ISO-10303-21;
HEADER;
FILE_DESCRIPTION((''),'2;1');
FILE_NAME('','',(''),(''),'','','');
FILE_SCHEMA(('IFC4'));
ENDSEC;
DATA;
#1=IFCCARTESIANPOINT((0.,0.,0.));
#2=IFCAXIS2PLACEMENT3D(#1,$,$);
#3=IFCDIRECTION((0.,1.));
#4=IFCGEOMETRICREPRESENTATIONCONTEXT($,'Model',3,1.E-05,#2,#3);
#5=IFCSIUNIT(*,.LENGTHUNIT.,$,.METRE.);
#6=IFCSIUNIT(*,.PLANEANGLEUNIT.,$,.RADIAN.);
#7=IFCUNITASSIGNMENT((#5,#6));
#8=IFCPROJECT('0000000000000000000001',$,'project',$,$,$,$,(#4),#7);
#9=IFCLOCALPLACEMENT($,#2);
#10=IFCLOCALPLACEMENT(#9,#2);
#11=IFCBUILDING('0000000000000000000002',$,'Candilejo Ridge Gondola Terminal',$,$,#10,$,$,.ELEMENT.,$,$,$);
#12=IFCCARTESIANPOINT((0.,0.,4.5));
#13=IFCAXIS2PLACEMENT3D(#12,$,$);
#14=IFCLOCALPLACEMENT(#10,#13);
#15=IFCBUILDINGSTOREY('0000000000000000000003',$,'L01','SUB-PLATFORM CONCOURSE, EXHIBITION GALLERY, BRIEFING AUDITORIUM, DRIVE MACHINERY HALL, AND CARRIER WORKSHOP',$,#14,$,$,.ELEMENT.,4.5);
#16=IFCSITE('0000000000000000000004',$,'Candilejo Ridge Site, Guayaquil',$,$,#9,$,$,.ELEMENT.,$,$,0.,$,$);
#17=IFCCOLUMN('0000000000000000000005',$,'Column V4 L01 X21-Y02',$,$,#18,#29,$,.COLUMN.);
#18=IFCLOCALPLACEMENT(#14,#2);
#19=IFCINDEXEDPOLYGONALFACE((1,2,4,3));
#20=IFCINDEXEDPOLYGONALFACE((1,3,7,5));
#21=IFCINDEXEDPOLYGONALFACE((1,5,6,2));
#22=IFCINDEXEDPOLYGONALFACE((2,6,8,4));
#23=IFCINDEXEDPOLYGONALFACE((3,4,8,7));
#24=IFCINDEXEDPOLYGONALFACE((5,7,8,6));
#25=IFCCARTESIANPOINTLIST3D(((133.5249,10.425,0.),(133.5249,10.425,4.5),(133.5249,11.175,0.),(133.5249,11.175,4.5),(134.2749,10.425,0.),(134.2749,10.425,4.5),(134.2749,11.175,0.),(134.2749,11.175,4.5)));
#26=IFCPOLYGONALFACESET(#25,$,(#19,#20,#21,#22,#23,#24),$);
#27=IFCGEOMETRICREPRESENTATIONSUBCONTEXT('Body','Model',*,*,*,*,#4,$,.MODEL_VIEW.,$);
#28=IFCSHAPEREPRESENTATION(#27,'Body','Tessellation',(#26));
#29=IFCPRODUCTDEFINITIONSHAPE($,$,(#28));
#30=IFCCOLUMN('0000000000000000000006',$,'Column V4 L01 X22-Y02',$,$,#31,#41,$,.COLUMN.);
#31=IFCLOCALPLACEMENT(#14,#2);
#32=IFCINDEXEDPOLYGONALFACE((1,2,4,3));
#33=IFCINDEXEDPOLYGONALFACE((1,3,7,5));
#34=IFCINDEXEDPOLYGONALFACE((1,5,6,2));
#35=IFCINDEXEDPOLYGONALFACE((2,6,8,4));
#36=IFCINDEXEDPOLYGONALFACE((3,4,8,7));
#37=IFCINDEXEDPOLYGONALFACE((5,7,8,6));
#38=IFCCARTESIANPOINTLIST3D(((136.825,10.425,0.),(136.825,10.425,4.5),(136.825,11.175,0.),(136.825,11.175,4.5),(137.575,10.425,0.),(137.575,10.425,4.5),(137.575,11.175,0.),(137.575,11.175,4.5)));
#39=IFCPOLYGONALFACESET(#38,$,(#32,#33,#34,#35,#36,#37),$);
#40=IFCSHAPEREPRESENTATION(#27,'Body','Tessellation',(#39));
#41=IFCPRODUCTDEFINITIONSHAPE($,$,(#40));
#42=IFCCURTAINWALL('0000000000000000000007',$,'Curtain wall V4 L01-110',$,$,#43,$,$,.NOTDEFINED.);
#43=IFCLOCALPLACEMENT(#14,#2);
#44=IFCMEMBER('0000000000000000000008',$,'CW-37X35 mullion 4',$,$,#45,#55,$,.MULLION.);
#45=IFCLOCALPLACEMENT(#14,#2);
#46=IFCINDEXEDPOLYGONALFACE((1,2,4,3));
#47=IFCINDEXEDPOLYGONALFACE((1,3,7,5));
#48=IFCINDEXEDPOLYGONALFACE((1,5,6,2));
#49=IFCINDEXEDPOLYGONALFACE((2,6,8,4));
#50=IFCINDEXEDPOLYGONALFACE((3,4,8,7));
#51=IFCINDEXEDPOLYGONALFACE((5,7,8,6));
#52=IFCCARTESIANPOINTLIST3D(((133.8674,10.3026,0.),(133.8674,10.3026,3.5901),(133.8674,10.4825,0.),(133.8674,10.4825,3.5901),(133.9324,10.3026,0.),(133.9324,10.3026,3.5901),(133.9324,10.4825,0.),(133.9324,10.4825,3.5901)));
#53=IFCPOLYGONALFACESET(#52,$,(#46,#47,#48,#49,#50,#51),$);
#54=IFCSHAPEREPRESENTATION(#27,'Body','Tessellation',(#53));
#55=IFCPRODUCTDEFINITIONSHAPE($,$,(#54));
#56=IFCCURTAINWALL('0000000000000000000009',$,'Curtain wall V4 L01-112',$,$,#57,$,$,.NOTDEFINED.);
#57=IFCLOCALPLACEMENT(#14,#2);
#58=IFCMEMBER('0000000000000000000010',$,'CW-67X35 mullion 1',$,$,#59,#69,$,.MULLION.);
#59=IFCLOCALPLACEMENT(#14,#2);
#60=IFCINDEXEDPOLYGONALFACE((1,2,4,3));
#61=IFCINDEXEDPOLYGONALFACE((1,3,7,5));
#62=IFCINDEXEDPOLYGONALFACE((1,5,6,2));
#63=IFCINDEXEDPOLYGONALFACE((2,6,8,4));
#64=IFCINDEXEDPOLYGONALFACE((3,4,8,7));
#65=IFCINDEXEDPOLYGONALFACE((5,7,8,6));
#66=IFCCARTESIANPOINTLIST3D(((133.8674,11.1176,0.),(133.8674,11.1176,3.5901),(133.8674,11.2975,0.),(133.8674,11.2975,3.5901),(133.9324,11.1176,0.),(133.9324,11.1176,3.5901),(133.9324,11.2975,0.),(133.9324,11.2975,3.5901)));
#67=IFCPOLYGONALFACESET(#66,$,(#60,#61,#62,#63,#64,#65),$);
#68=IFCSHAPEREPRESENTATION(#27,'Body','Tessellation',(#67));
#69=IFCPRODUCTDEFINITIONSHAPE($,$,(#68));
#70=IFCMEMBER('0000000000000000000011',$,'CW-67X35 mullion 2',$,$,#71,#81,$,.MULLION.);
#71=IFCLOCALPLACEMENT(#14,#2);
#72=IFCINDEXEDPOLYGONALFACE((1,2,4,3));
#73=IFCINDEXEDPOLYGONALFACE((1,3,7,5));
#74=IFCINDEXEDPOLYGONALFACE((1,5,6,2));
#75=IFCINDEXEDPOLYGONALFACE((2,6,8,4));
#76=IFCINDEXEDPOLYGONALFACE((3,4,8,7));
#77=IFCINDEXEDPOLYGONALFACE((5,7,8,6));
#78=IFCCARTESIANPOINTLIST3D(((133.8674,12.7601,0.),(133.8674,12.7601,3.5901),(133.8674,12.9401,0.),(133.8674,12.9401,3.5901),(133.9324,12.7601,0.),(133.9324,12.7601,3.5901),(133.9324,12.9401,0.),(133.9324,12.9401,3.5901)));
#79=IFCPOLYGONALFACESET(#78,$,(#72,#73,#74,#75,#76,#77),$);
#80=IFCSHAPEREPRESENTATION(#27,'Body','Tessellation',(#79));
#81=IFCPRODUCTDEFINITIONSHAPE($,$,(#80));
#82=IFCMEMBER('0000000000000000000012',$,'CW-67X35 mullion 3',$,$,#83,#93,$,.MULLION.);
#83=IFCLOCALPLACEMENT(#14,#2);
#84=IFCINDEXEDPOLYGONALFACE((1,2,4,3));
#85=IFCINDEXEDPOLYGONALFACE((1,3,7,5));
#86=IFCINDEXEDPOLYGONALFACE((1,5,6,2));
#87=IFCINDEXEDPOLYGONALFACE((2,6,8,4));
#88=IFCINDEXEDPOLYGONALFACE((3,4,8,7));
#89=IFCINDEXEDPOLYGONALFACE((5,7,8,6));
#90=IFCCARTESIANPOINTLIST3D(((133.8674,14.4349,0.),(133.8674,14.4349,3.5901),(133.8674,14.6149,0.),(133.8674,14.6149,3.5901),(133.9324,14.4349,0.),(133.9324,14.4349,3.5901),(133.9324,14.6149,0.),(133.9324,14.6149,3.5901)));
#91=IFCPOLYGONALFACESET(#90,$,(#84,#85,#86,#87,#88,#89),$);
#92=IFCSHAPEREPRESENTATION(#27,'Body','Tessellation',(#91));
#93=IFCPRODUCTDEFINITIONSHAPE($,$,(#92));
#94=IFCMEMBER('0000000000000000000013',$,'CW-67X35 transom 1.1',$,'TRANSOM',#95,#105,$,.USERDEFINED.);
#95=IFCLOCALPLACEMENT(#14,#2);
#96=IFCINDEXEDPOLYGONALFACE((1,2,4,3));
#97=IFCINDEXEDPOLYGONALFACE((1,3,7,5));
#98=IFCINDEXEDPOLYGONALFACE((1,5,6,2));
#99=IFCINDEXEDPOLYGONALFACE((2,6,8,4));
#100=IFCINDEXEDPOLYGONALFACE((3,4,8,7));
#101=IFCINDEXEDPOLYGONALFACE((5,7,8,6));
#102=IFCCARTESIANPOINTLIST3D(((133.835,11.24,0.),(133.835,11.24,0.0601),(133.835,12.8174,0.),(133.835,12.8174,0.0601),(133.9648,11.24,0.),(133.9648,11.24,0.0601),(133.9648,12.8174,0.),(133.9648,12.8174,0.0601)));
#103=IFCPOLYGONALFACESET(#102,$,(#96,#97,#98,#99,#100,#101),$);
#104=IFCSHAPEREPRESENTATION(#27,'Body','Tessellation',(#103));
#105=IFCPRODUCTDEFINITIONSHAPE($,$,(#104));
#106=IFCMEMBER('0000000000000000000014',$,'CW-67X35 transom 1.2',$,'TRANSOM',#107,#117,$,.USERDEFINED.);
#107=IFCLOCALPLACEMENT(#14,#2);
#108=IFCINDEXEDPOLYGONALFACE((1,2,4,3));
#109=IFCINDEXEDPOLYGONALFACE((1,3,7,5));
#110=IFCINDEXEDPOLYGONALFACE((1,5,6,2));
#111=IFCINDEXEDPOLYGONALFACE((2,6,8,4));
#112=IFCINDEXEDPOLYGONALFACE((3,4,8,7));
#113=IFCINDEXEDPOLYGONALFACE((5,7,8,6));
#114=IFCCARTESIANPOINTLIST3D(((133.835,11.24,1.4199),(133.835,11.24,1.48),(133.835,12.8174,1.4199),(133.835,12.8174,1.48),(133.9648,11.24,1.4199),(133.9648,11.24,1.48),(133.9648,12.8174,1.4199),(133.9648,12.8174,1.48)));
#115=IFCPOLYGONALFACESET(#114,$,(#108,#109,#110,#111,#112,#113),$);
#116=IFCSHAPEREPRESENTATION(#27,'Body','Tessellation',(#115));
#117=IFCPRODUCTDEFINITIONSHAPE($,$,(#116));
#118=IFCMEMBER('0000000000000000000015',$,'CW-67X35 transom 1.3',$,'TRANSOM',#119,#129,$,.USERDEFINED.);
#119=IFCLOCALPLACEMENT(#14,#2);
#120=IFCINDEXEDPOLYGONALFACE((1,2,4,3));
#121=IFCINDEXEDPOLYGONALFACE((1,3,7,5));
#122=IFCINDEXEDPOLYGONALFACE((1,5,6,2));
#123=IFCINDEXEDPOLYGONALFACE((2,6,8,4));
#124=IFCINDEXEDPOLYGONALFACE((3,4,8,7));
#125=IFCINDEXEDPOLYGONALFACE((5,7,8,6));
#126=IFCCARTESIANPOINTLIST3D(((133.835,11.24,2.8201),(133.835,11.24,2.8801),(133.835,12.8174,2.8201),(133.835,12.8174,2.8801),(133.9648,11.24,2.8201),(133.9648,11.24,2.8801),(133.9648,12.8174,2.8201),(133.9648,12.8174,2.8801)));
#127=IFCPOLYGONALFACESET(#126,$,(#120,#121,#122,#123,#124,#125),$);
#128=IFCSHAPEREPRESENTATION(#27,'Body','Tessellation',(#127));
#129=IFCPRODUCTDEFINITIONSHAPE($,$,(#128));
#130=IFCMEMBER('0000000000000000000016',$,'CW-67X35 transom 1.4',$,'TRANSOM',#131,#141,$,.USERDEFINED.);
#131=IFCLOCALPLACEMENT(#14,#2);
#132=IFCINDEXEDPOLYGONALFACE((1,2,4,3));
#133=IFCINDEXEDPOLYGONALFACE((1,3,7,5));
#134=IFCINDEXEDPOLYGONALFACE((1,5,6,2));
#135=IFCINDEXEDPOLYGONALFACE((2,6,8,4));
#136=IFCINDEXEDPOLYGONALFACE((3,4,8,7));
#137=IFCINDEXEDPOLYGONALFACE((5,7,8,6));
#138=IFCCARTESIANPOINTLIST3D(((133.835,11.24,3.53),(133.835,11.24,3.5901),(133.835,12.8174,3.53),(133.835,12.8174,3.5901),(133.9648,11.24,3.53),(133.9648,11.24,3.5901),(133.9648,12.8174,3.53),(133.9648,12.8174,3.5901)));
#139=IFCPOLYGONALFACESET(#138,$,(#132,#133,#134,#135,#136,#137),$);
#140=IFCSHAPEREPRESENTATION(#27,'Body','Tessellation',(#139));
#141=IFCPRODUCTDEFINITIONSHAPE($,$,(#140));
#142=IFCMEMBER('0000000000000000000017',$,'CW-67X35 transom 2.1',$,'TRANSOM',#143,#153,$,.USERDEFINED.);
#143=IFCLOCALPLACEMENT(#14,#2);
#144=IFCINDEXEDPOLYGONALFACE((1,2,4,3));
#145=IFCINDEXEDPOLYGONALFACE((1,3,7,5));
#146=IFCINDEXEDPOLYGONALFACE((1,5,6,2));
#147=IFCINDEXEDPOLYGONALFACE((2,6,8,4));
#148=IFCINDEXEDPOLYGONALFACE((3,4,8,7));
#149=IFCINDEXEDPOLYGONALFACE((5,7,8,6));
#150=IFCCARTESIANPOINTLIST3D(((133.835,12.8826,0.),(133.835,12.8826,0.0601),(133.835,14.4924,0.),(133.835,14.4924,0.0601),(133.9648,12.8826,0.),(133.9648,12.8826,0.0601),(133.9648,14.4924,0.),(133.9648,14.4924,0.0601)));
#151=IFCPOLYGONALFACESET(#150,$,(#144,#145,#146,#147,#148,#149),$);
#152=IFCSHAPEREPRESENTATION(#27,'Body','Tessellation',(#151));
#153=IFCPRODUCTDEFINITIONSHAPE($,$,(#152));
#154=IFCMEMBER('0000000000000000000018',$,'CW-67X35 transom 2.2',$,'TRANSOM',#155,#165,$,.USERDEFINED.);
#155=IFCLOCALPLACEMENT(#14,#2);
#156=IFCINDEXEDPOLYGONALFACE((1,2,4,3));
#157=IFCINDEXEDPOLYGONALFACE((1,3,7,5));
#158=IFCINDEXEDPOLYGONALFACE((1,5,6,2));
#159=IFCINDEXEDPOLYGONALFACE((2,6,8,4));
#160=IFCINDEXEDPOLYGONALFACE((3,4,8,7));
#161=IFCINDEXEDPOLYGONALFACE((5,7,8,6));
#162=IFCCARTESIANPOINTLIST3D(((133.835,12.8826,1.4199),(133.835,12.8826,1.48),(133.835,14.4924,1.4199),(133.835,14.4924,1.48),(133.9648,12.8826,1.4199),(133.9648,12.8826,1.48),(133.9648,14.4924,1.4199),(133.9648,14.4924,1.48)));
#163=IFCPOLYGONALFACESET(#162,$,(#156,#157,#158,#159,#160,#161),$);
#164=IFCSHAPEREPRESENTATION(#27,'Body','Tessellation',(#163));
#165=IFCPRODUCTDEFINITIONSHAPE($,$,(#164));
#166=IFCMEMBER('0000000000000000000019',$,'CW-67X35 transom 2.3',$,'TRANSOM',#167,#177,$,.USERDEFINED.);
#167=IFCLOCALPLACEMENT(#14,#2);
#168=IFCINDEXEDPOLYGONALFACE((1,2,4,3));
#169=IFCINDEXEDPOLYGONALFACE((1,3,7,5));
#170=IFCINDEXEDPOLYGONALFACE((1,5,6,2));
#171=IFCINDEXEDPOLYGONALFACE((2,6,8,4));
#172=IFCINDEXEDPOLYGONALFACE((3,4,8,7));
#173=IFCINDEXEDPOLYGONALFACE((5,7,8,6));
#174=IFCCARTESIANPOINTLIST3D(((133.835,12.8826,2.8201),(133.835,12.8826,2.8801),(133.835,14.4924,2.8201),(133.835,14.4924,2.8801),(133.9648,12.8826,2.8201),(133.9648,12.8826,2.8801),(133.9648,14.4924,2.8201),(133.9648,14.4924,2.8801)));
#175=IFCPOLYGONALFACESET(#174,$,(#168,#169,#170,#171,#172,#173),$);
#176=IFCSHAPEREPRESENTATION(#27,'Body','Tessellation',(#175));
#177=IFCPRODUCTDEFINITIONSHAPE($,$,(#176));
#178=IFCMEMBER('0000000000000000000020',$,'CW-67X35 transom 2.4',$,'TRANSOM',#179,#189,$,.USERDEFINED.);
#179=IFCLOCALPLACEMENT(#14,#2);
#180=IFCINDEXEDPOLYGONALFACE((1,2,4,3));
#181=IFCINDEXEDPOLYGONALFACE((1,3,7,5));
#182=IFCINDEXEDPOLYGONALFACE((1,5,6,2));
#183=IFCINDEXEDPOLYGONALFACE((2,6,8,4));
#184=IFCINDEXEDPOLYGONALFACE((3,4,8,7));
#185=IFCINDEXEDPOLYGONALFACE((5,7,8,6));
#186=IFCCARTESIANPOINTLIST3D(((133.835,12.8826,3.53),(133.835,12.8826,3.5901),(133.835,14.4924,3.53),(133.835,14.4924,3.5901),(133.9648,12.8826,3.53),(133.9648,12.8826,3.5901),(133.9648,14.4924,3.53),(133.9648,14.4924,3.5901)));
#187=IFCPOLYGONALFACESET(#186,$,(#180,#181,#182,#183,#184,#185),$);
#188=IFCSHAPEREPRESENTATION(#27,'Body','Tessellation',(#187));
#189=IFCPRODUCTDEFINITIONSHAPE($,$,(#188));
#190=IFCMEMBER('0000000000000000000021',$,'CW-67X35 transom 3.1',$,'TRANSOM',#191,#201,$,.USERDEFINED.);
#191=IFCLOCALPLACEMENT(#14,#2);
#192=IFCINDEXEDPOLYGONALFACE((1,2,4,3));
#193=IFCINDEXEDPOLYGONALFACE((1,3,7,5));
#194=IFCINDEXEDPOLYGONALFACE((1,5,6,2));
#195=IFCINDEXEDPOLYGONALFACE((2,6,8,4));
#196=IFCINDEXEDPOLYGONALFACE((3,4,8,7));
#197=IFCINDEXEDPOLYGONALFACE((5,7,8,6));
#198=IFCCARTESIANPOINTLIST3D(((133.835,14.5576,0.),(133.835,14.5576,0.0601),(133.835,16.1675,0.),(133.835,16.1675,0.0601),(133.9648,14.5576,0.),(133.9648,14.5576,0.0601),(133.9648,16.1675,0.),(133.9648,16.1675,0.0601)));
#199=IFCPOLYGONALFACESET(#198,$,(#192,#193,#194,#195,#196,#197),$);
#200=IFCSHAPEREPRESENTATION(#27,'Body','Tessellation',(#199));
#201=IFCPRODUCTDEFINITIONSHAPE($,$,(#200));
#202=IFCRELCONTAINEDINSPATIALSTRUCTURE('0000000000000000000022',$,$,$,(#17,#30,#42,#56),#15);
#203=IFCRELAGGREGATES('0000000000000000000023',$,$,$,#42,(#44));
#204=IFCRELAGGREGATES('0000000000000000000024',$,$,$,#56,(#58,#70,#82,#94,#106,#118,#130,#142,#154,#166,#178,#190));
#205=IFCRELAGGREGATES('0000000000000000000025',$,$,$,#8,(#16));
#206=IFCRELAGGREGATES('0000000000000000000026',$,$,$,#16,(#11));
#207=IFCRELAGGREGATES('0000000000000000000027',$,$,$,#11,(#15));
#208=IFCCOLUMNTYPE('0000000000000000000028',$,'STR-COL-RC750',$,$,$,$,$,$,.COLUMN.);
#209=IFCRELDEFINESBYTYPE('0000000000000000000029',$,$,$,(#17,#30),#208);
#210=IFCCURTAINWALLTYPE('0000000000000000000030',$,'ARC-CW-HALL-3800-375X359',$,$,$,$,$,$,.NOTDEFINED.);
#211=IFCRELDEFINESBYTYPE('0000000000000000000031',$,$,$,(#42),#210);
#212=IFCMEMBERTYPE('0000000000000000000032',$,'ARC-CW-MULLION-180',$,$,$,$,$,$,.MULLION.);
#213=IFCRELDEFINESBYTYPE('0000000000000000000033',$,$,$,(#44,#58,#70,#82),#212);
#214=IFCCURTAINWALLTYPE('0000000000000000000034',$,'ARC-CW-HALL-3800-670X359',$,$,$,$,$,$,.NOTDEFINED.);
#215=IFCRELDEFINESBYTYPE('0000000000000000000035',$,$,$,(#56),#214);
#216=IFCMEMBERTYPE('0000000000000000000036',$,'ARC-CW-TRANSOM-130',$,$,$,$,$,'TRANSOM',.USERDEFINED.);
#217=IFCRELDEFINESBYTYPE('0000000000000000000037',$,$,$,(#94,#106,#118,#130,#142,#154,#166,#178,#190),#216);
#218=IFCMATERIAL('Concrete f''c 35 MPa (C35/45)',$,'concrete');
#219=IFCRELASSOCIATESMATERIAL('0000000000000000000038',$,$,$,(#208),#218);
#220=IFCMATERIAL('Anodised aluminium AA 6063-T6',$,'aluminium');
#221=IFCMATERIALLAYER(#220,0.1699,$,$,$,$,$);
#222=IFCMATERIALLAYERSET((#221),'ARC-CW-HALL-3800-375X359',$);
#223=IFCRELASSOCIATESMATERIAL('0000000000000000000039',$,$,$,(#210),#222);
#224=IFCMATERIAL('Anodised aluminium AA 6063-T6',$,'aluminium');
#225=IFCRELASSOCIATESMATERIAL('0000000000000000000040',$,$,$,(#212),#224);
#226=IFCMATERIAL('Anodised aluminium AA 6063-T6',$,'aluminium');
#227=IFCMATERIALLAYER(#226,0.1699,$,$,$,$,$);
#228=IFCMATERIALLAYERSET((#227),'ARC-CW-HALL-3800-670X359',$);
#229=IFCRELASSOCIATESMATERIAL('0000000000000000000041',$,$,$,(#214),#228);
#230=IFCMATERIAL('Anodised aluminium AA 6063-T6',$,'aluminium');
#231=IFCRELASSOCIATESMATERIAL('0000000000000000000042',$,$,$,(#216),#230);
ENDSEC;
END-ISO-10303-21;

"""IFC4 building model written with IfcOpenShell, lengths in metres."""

from ifc_helpers import new_model, si_unit, direction, frame, origin, origin_2d, place, context, subcontext, project, spatial, rectangle, extrude, material, layer, layer_set, material_profile, profile_set, type_object, element, aggregate, save


model = new_model("IFC4")

# Units and contexts
model_context = context("Model", 3, precision=1e-05, world=origin(), true_north=direction((0.0, 1.0)))
body_context = subcontext(model_context, "Body", "Model", "MODEL_VIEW")
ifc_project = project(units=[si_unit("LENGTHUNIT", "METRE"), si_unit("PLANEANGLEUNIT", "RADIAN")], contexts=[model_context])

# Site, building, storey
site_placement = place(None, origin())
site = spatial("IfcSite", under=ifc_project, at=site_placement, Name="Candilejo Ridge Site, Guayaquil", CompositionType="ELEMENT", RefElevation=0.0)
building_placement = place(site_placement, origin())
building = spatial("IfcBuilding", under=site, at=building_placement, Name="Candilejo Ridge Gondola Terminal", CompositionType="ELEMENT")
storey_placement = place(building_placement, frame((0.0, 0.0, 4.5)))
storey = spatial("IfcBuildingStorey", under=building, at=storey_placement, Name="L01", Description="SUB-PLATFORM CONCOURSE, EXHIBITION GALLERY, BRIEFING AUDITORIUM, DRIVE MACHINERY HALL, AND CARRIER WORKSHOP", CompositionType="ELEMENT", Elevation=4.5)

# Columns
ifc_material_1 = material(Name="Concrete f'c 35 MPa (C35/45)", Category="concrete")
ifc_material_profile_1 = material_profile(ifc_material_1, rectangle(XDim=0.75, YDim=0.75, at=origin_2d()))
ifc_profile_set_1 = profile_set([ifc_material_profile_1], Name="Concrete f'c 35 MPa (C35/45)")
column_type = type_object("IfcColumnType", Name="STR-COL-RC750", PredefinedType="COLUMN", material=ifc_profile_set_1)
for number, where, z_axis, x_axis, name in (
    (1, (133.8999, 10.8, 0.0), (0.0, 0.0, 1.0), (1.0, 0.0, 0.0), "Column V4 L01 X21-Y02"),
    (2, (137.2, 10.8, 0.0), (0.0, 0.0, 1.0), (1.0, 0.0, 0.0), "Column V4 L01 X22-Y02"),
):
    element("IfcColumn", number, at=place(storey_placement, frame(where, z_axis=z_axis, x_axis=x_axis)), inside=storey, type_object=column_type, Name=name, PredefinedType="COLUMN", context=body_context, shape_type="SweptSolid", body=[
        extrude(rectangle(XDim=0.75, YDim=0.75, at=origin_2d()), origin(), (0.0, 0.0, 1.0), 4.5),
    ])

# Curtain wall, member
ifc_material_2 = material(Name="Anodised aluminium AA 6063-T6", Category="aluminium")
ifc_layer_1 = layer(ifc_material_2, 0.1699)
ifc_layer_set_1 = layer_set([ifc_layer_1], Name="ARC-CW-HALL-3800-375X359")
curtain_wall_type_1 = type_object("IfcCurtainWallType", Name="ARC-CW-HALL-3800-375X359", PredefinedType="NOTDEFINED", material=ifc_layer_set_1)
curtain_wall_1_placement = place(storey_placement, origin())
curtain_wall_1 = element("IfcCurtainWall", 3, at=curtain_wall_1_placement, inside=storey, type_object=curtain_wall_type_1, Name="Curtain wall V4 L01-110", PredefinedType="NOTDEFINED")
ifc_material_3 = material(Name="Anodised aluminium AA 6063-T6", Category="aluminium")
ifc_material_profile_2 = material_profile(ifc_material_3, rectangle(XDim=0.0649, YDim=0.1799, at=origin_2d()))
ifc_profile_set_2 = profile_set([ifc_material_profile_2], Name="Anodised aluminium AA 6063-T6")
member_type_1 = type_object("IfcMemberType", Name="ARC-CW-MULLION-180", PredefinedType="MULLION", material=ifc_profile_set_2)
member_1_placement = place(storey_placement, frame((133.8999, 10.3926, 0.0), z_axis=(0.0, 0.0, 1.0), x_axis=(-1.0, 0.0, 0.0)))
member_1 = element("IfcMember", 4, at=member_1_placement, type_object=member_type_1, Name="CW-37X35 mullion 4", PredefinedType="MULLION", context=body_context, shape_type="SweptSolid", body=[
    extrude(rectangle(XDim=0.0649, YDim=0.1799, at=origin_2d()), origin(), (0.0, 0.0, 1.0), 3.5901),
])
aggregate(curtain_wall_1, [member_1])

# Curtain wall, members
ifc_material_4 = material(Name="Anodised aluminium AA 6063-T6", Category="aluminium")
ifc_layer_2 = layer(ifc_material_4, 0.1699)
ifc_layer_set_2 = layer_set([ifc_layer_2], Name="ARC-CW-HALL-3800-670X359")
curtain_wall_type_2 = type_object("IfcCurtainWallType", Name="ARC-CW-HALL-3800-670X359", PredefinedType="NOTDEFINED", material=ifc_layer_set_2)
curtain_wall_2_placement = place(storey_placement, origin())
curtain_wall_2 = element("IfcCurtainWall", 5, at=curtain_wall_2_placement, inside=storey, type_object=curtain_wall_type_2, Name="Curtain wall V4 L01-112", PredefinedType="NOTDEFINED")
member_2_placement = place(storey_placement, frame((133.8999, 11.2075, 0.0), z_axis=(0.0, 0.0, 1.0), x_axis=(-1.0, 0.0, 0.0)))
member_2 = element("IfcMember", 6, at=member_2_placement, type_object=member_type_1, Name="CW-67X35 mullion 1", PredefinedType="MULLION", context=body_context, shape_type="SweptSolid", body=[
    extrude(rectangle(XDim=0.0649, YDim=0.1799, at=origin_2d()), origin(), (0.0, 0.0, 1.0), 3.5901),
])
member_3_placement = place(storey_placement, frame((133.8999, 12.8501, 0.0), z_axis=(0.0, 0.0, 1.0), x_axis=(-1.0, 0.0, 0.0)))
member_3 = element("IfcMember", 7, at=member_3_placement, type_object=member_type_1, Name="CW-67X35 mullion 2", PredefinedType="MULLION", context=body_context, shape_type="SweptSolid", body=[
    extrude(rectangle(XDim=0.0649, YDim=0.1799, at=origin_2d()), origin(), (0.0, 0.0, 1.0), 3.5901),
])
member_4_placement = place(storey_placement, frame((133.8999, 14.5249, 0.0), z_axis=(0.0, 0.0, 1.0), x_axis=(-1.0, 0.0, 0.0)))
member_4 = element("IfcMember", 8, at=member_4_placement, type_object=member_type_1, Name="CW-67X35 mullion 3", PredefinedType="MULLION", context=body_context, shape_type="SweptSolid", body=[
    extrude(rectangle(XDim=0.0649, YDim=0.1799, at=origin_2d()), origin(), (0.0, 0.0, 1.0), 3.5901),
])
ifc_material_5 = material(Name="Anodised aluminium AA 6063-T6", Category="aluminium")
ifc_material_profile_3 = material_profile(ifc_material_5, rectangle(XDim=0.1299, YDim=0.0601, at=origin_2d()))
ifc_profile_set_3 = profile_set([ifc_material_profile_3], Name="Anodised aluminium AA 6063-T6")
member_type_2 = type_object("IfcMemberType", Name="ARC-CW-TRANSOM-130", ElementType="TRANSOM", PredefinedType="USERDEFINED", material=ifc_profile_set_3)
member_5_placement = place(storey_placement, frame((133.8999, 11.24, 0.03), z_axis=(0.0, 1.0, 0.0), x_axis=(-1.0, 0.0, 0.0)))
member_5 = element("IfcMember", 9, at=member_5_placement, type_object=member_type_2, Name="CW-67X35 transom 1.1", ObjectType="TRANSOM", PredefinedType="USERDEFINED", context=body_context, shape_type="SweptSolid", body=[
    extrude(rectangle(XDim=0.1299, YDim=0.0601, at=origin_2d()), origin(), (0.0, 0.0, 1.0), 1.5774),
])
member_6_placement = place(storey_placement, frame((133.8999, 11.24, 1.45), z_axis=(0.0, 1.0, 0.0), x_axis=(-1.0, 0.0, 0.0)))
member_6 = element("IfcMember", 10, at=member_6_placement, type_object=member_type_2, Name="CW-67X35 transom 1.2", ObjectType="TRANSOM", PredefinedType="USERDEFINED", context=body_context, shape_type="SweptSolid", body=[
    extrude(rectangle(XDim=0.1299, YDim=0.0601, at=origin_2d()), origin(), (0.0, 0.0, 1.0), 1.5774),
])
member_7_placement = place(storey_placement, frame((133.8999, 11.24, 2.8501), z_axis=(0.0, 1.0, 0.0), x_axis=(-1.0, 0.0, 0.0)))
member_7 = element("IfcMember", 11, at=member_7_placement, type_object=member_type_2, Name="CW-67X35 transom 1.3", ObjectType="TRANSOM", PredefinedType="USERDEFINED", context=body_context, shape_type="SweptSolid", body=[
    extrude(rectangle(XDim=0.1299, YDim=0.0601, at=origin_2d()), origin(), (0.0, 0.0, 1.0), 1.5774),
])
member_8_placement = place(storey_placement, frame((133.8999, 11.24, 3.5601), z_axis=(0.0, 1.0, 0.0), x_axis=(-1.0, 0.0, 0.0)))
member_8 = element("IfcMember", 12, at=member_8_placement, type_object=member_type_2, Name="CW-67X35 transom 1.4", ObjectType="TRANSOM", PredefinedType="USERDEFINED", context=body_context, shape_type="SweptSolid", body=[
    extrude(rectangle(XDim=0.1299, YDim=0.0601, at=origin_2d()), origin(), (0.0, 0.0, 1.0), 1.5774),
])
member_9_placement = place(storey_placement, frame((133.8999, 12.8826, 0.03), z_axis=(0.0, 1.0, 0.0), x_axis=(-1.0, 0.0, 0.0)))
member_9 = element("IfcMember", 13, at=member_9_placement, type_object=member_type_2, Name="CW-67X35 transom 2.1", ObjectType="TRANSOM", PredefinedType="USERDEFINED", context=body_context, shape_type="SweptSolid", body=[
    extrude(rectangle(XDim=0.1299, YDim=0.0601, at=origin_2d()), origin(), (0.0, 0.0, 1.0), 1.6099),
])
member_10_placement = place(storey_placement, frame((133.8999, 12.8826, 1.45), z_axis=(0.0, 1.0, 0.0), x_axis=(-1.0, 0.0, 0.0)))
member_10 = element("IfcMember", 14, at=member_10_placement, type_object=member_type_2, Name="CW-67X35 transom 2.2", ObjectType="TRANSOM", PredefinedType="USERDEFINED", context=body_context, shape_type="SweptSolid", body=[
    extrude(rectangle(XDim=0.1299, YDim=0.0601, at=origin_2d()), origin(), (0.0, 0.0, 1.0), 1.6099),
])
member_11_placement = place(storey_placement, frame((133.8999, 12.8826, 2.8501), z_axis=(0.0, 1.0, 0.0), x_axis=(-1.0, 0.0, 0.0)))
member_11 = element("IfcMember", 15, at=member_11_placement, type_object=member_type_2, Name="CW-67X35 transom 2.3", ObjectType="TRANSOM", PredefinedType="USERDEFINED", context=body_context, shape_type="SweptSolid", body=[
    extrude(rectangle(XDim=0.1299, YDim=0.0601, at=origin_2d()), origin(), (0.0, 0.0, 1.0), 1.6099),
])
member_12_placement = place(storey_placement, frame((133.8999, 12.8826, 3.5601), z_axis=(0.0, 1.0, 0.0), x_axis=(-1.0, 0.0, 0.0)))
member_12 = element("IfcMember", 16, at=member_12_placement, type_object=member_type_2, Name="CW-67X35 transom 2.4", ObjectType="TRANSOM", PredefinedType="USERDEFINED", context=body_context, shape_type="SweptSolid", body=[
    extrude(rectangle(XDim=0.1299, YDim=0.0601, at=origin_2d()), origin(), (0.0, 0.0, 1.0), 1.6099),
])
member_13_placement = place(storey_placement, frame((133.8999, 14.5576, 0.03), z_axis=(0.0, 1.0, 0.0), x_axis=(-1.0, 0.0, 0.0)))
member_13 = element("IfcMember", 17, at=member_13_placement, type_object=member_type_2, Name="CW-67X35 transom 3.1", ObjectType="TRANSOM", PredefinedType="USERDEFINED", context=body_context, shape_type="SweptSolid", body=[
    extrude(rectangle(XDim=0.1299, YDim=0.0601, at=origin_2d()), origin(), (0.0, 0.0, 1.0), 1.6099),
])

aggregate(curtain_wall_2, [member_2, member_3, member_4, member_5, member_6, member_7, member_8, member_9, member_10, member_11, member_12, member_13])

save(model, "model.ifc")
